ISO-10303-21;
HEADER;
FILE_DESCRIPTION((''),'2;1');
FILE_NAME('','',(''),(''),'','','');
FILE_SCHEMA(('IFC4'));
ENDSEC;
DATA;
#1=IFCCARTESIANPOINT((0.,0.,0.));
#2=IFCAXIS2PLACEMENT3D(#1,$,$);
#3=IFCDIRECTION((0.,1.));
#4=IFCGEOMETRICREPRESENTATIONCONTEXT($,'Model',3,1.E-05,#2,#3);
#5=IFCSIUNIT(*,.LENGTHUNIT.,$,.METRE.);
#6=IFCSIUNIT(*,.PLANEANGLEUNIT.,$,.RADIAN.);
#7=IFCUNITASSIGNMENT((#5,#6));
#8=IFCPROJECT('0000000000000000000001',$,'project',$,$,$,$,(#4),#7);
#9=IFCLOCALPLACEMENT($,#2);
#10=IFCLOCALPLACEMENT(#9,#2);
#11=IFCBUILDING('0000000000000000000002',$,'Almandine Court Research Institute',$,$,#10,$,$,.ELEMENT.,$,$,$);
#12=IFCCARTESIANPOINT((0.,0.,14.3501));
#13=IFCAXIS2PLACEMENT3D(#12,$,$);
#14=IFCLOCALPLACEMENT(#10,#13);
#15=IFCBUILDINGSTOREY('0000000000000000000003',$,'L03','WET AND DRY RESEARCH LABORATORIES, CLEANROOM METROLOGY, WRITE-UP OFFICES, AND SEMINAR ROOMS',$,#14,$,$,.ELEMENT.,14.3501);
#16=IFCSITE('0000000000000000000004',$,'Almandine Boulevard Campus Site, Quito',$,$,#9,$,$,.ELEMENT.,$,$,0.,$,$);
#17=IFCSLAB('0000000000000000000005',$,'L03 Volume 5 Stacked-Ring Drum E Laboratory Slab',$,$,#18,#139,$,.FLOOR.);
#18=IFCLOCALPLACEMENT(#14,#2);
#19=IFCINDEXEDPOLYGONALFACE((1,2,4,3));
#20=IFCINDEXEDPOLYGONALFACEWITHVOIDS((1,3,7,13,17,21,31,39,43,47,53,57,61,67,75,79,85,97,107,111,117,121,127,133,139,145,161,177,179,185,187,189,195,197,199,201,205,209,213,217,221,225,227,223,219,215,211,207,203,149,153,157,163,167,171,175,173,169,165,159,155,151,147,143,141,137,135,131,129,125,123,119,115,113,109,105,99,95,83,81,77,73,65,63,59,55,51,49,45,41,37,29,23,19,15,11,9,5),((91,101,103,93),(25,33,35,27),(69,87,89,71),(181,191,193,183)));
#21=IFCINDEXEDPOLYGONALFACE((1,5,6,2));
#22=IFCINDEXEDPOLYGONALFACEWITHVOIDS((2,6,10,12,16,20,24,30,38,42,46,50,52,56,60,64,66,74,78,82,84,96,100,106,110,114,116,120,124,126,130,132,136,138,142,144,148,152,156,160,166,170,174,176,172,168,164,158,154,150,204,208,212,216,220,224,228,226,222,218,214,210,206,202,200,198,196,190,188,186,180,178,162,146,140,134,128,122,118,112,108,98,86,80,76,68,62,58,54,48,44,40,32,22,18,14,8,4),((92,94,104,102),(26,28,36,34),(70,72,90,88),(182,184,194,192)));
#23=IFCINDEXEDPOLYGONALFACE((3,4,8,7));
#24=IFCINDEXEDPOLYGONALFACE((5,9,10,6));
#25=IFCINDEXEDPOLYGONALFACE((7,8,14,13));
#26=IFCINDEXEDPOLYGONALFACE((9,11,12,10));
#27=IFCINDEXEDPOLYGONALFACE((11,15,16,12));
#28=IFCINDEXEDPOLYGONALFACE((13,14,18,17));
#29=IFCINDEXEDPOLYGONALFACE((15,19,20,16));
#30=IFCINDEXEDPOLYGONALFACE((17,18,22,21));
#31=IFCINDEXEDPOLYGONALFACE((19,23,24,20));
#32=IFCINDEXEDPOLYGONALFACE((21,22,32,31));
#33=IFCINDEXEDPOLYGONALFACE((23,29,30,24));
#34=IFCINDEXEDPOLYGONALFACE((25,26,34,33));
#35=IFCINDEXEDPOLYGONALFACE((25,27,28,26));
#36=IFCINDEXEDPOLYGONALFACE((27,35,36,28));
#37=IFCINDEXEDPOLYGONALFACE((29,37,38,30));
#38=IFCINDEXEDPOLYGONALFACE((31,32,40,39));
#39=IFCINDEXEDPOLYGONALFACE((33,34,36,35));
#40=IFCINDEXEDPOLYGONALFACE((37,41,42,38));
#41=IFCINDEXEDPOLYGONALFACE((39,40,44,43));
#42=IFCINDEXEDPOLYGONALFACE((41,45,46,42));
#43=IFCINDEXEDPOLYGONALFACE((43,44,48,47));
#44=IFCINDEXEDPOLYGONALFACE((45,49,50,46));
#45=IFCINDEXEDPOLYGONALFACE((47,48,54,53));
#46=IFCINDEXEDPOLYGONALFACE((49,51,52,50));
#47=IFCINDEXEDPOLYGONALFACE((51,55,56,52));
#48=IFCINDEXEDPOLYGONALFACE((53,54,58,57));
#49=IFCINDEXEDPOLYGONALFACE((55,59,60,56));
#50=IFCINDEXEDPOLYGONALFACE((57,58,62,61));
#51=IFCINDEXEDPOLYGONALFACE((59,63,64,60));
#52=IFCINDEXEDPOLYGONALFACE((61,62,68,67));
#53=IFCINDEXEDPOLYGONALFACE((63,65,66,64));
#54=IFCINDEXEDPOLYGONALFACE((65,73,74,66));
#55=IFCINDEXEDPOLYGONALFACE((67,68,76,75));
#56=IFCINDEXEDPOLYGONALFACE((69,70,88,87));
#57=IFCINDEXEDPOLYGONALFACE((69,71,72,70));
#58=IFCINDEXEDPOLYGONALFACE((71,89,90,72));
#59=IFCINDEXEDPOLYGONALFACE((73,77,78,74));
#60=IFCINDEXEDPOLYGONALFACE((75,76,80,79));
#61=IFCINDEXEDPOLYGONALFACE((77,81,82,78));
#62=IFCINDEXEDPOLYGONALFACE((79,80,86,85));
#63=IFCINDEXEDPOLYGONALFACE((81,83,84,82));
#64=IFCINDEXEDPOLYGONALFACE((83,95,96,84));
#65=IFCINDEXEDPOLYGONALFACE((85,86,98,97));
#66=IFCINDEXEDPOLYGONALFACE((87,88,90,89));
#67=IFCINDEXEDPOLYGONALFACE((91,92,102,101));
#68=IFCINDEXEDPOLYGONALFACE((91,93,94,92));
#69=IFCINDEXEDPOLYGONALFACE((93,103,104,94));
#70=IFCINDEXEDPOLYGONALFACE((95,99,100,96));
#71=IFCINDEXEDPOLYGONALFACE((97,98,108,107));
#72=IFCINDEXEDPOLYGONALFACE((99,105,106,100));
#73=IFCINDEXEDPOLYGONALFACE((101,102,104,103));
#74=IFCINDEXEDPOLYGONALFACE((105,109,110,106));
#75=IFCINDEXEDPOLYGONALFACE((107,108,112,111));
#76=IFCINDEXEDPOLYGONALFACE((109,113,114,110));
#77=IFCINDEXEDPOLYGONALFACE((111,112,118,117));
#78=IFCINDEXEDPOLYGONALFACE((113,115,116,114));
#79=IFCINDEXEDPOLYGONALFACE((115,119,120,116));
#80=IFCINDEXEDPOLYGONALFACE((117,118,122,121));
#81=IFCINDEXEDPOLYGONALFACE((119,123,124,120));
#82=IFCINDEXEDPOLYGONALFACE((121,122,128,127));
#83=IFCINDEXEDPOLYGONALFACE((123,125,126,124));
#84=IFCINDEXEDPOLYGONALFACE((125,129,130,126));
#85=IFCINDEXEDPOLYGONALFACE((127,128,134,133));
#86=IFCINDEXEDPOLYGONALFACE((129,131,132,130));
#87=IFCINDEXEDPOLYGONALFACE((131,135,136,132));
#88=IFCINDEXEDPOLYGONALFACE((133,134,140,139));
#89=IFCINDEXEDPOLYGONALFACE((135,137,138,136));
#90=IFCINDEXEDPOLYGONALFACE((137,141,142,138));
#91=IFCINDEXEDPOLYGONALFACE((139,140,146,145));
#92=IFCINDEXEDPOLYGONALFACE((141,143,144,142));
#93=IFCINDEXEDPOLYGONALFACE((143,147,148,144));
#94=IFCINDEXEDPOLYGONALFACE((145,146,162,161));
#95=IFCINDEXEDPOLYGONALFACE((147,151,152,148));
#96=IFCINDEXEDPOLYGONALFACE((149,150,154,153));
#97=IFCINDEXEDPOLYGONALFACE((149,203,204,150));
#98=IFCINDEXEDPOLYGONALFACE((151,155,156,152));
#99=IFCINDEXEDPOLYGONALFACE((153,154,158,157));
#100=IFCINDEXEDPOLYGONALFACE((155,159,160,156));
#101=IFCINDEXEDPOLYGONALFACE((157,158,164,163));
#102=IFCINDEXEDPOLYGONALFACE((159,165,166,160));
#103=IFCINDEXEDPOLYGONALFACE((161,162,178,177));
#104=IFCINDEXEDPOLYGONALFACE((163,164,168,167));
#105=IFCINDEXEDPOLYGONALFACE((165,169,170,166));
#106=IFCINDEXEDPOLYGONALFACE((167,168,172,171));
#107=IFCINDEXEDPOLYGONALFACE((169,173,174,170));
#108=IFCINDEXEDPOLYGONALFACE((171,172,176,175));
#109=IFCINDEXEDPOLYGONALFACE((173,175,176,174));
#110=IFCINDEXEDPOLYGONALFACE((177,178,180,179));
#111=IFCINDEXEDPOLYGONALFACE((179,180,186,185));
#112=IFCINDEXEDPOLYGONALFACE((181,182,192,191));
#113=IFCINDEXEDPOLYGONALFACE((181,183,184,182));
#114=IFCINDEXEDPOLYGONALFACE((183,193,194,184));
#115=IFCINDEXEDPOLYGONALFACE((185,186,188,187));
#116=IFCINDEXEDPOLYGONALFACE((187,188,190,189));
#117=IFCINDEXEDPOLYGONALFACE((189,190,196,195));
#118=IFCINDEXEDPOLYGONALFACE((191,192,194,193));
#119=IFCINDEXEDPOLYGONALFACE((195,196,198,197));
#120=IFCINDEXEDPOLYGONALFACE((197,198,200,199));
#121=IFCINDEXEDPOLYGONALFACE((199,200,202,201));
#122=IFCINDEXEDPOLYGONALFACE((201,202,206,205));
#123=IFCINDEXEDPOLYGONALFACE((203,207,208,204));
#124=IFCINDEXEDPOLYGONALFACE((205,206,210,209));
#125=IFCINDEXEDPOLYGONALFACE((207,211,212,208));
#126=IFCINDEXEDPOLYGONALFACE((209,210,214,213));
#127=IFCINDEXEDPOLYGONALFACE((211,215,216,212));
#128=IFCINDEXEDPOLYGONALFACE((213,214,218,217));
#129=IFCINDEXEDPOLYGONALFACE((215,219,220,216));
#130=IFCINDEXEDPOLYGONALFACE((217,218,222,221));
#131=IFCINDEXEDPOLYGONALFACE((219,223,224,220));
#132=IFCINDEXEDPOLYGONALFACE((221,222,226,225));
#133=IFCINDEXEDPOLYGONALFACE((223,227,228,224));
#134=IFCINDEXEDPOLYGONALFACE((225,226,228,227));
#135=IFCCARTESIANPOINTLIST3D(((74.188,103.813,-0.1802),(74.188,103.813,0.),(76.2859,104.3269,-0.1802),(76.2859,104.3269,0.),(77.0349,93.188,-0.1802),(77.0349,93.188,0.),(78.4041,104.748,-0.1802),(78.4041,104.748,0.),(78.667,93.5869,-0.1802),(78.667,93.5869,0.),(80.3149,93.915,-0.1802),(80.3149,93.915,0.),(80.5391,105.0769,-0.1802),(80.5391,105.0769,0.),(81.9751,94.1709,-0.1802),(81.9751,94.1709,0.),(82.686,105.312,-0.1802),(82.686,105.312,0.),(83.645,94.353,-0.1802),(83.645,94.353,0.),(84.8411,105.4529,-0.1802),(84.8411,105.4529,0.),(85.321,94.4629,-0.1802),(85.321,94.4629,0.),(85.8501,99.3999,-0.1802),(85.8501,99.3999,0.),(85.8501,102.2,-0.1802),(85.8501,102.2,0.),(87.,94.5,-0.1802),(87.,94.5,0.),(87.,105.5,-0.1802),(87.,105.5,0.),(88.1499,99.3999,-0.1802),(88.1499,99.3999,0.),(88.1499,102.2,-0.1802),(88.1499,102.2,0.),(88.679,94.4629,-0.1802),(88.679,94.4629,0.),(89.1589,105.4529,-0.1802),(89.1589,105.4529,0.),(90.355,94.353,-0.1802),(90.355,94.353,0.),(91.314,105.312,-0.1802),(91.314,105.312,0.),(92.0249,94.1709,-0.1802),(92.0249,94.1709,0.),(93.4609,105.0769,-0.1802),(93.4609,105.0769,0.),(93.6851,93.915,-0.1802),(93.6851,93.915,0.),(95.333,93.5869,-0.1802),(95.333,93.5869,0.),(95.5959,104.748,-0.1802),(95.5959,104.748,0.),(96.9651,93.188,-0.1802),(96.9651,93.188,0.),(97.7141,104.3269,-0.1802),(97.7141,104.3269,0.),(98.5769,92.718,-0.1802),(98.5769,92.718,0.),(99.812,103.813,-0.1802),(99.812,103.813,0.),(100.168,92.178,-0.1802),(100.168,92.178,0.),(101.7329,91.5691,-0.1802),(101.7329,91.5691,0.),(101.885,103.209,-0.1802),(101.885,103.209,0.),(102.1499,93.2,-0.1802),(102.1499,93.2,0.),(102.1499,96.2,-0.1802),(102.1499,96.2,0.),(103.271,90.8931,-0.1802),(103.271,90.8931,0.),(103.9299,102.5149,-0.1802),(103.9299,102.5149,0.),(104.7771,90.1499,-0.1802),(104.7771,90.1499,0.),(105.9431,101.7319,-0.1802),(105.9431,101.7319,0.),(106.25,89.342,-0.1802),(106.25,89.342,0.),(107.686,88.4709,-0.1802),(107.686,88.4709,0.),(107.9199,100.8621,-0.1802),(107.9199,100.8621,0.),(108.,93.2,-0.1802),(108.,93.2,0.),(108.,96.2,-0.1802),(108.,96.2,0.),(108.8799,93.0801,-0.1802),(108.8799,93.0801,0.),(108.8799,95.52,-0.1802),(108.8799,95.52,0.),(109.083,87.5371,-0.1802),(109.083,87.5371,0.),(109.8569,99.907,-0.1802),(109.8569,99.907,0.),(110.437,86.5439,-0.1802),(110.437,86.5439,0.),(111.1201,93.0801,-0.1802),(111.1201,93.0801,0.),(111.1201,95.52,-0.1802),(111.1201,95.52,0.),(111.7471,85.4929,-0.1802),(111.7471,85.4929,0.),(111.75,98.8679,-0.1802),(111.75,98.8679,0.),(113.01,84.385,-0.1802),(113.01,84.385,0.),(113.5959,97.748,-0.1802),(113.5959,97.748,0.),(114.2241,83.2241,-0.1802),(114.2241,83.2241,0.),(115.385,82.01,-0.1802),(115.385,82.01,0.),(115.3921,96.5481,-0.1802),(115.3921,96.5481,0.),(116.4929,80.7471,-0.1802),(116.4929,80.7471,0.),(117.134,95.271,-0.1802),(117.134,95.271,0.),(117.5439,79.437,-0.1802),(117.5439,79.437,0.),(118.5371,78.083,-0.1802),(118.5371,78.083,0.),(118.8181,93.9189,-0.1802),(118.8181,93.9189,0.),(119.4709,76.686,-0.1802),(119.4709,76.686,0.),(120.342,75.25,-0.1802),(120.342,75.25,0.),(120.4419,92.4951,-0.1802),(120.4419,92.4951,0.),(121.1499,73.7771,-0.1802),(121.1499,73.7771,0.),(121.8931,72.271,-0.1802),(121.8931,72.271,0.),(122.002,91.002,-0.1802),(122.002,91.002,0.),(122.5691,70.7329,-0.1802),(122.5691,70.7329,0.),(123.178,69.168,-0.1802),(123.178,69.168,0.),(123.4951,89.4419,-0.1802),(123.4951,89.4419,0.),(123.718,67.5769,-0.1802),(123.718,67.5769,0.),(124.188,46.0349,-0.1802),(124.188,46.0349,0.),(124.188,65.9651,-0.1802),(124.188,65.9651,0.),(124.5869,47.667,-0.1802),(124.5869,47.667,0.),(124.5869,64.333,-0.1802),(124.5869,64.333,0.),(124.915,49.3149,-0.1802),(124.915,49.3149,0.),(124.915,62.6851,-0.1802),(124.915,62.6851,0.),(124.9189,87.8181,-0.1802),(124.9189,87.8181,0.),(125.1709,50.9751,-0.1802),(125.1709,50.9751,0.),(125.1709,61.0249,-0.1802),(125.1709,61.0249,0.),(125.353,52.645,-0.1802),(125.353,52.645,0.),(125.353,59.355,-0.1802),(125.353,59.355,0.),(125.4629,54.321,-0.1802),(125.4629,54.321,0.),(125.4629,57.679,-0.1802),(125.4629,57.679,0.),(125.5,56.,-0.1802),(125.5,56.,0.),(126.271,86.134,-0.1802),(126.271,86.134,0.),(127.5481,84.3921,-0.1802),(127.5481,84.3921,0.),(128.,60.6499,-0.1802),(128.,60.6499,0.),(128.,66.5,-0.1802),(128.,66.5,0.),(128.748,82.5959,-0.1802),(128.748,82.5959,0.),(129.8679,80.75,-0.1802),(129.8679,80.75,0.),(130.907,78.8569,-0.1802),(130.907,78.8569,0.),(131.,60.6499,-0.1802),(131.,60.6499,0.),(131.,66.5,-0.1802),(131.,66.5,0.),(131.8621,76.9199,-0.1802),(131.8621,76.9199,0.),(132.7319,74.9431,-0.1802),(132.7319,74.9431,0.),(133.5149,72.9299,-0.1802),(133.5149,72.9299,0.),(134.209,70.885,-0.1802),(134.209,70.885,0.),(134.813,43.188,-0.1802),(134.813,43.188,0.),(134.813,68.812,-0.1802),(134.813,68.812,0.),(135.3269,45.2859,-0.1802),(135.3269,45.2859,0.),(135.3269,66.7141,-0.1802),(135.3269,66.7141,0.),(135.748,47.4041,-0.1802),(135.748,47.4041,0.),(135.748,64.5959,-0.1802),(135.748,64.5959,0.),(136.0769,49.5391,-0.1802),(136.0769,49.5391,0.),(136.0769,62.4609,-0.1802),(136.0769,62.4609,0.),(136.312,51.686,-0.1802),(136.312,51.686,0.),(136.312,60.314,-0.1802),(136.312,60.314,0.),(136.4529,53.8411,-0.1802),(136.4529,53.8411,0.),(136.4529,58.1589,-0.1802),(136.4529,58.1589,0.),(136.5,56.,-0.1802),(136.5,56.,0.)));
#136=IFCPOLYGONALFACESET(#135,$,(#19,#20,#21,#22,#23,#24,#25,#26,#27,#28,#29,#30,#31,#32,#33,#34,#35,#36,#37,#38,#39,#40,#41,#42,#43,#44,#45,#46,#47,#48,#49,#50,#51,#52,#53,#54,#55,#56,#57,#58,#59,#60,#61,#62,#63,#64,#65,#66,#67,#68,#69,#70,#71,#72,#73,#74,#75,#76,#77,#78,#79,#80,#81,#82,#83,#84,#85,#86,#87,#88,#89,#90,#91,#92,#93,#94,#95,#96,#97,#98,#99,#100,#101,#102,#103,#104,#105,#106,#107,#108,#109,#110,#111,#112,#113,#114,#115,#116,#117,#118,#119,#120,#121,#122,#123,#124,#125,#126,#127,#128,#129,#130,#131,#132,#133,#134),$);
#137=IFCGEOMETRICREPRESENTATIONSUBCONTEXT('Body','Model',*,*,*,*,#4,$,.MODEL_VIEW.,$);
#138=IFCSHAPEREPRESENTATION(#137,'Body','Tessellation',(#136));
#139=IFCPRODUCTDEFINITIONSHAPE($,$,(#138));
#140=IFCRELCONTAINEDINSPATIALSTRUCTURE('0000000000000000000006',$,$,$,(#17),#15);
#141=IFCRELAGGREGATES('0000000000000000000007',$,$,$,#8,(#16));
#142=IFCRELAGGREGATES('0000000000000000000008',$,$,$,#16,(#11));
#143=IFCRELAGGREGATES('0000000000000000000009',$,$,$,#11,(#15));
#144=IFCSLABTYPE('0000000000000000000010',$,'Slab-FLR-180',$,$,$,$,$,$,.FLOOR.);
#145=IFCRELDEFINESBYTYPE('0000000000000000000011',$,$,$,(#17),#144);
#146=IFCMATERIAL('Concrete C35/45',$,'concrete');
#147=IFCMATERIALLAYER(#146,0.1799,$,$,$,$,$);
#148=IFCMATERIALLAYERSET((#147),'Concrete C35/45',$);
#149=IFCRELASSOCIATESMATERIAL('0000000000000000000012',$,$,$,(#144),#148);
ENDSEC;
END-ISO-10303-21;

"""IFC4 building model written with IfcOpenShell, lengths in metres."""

from ifc_helpers import new_model, si_unit, direction, frame, origin, place, context, subcontext, project, spatial, polyline, outline, extrude, material, layer, layer_set, type_object, element, save


model = new_model("IFC4")

# Units and contexts
model_context = context("Model", 3, precision=1e-05, world=origin(), true_north=direction((0.0, 1.0)))
body_context = subcontext(model_context, "Body", "Model", "MODEL_VIEW")
ifc_project = project(units=[si_unit("LENGTHUNIT", "METRE"), si_unit("PLANEANGLEUNIT", "RADIAN")], contexts=[model_context])

# Site, building, storey
site_placement = place(None, origin())
site = spatial("IfcSite", under=ifc_project, at=site_placement, Name="Almandine Boulevard Campus Site, Quito", CompositionType="ELEMENT", RefElevation=0.0)
building_placement = place(site_placement, origin())
building = spatial("IfcBuilding", under=site, at=building_placement, Name="Almandine Court Research Institute", CompositionType="ELEMENT")
storey_placement = place(building_placement, frame((0.0, 0.0, 14.3501)))
storey = spatial("IfcBuildingStorey", under=building, at=storey_placement, Name="L03", Description="WET AND DRY RESEARCH LABORATORIES, CLEANROOM METROLOGY, WRITE-UP OFFICES, AND SEMINAR ROOMS", CompositionType="ELEMENT", Elevation=14.3501)

# Slab
ifc_material_1 = material(Name="Concrete C35/45", Category="concrete")
ifc_layer_1 = layer(ifc_material_1, 0.1799)
ifc_layer_set_1 = layer_set([ifc_layer_1], Name="Concrete C35/45")
slab_type_1 = type_object("IfcSlabType", Name="Slab-FLR-180", PredefinedType="FLOOR", material=ifc_layer_set_1)
slab_1_placement = place(storey_placement, frame((0.0, 0.0, -0.1802)))
element("IfcSlab", 1, at=slab_1_placement, inside=storey, type_object=slab_type_1, Name="L03 Volume 5 Stacked-Ring Drum E Laboratory Slab", PredefinedType="FLOOR", context=body_context, shape_type="SweptSolid", body=[
    extrude(outline(polyline([(134.813, 43.188), (135.3269, 45.2859), (135.748, 47.4041), (136.0769, 49.5391), (136.312, 51.686), (136.4529, 53.8411), (136.5, 56.0), (136.4529, 58.1589), (136.312, 60.314), (136.0769, 62.4609), (135.748, 64.5959), (135.3269, 66.7141), (134.813, 68.812), (134.209, 70.885), (133.5149, 72.9299), (132.7319, 74.9431), (131.8621, 76.9199), (130.907, 78.8569), (129.8679, 80.75), (128.748, 82.5959), (127.5481, 84.3921), (126.271, 86.134), (124.9189, 87.8181), (123.4951, 89.4419), (122.002, 91.002), (120.4419, 92.4951), (118.8181, 93.9189), (117.134, 95.271), (115.3921, 96.5481), (113.5959, 97.748), (111.75, 98.8679), (109.8569, 99.907), (107.9199, 100.8621), (105.9431, 101.7319), (103.9299, 102.5149), (101.885, 103.209), (99.812, 103.813), (97.7141, 104.3269), (95.5959, 104.748), (93.4609, 105.0769), (91.314, 105.312), (89.1589, 105.4529), (87.0, 105.5), (84.8411, 105.4529), (82.686, 105.312), (80.5391, 105.0769), (78.4041, 104.748), (76.2859, 104.3269), (74.188, 103.813), (77.0349, 93.188), (78.667, 93.5869), (80.3149, 93.915), (81.9751, 94.1709), (83.645, 94.353), (85.321, 94.4629), (87.0, 94.5), (88.679, 94.4629), (90.355, 94.353), (92.0249, 94.1709), (93.6851, 93.915), (95.333, 93.5869), (96.9651, 93.188), (98.5769, 92.718), (100.168, 92.178), (101.7329, 91.5691), (103.271, 90.8931), (104.7771, 90.1499), (106.25, 89.342), (107.686, 88.4709), (109.083, 87.5371), (110.437, 86.5439), (111.7471, 85.4929), (113.01, 84.385), (114.2241, 83.2241), (115.385, 82.01), (116.4929, 80.7471), (117.5439, 79.437), (118.5371, 78.083), (119.4709, 76.686), (120.342, 75.25), (121.1499, 73.7771), (121.8931, 72.271), (122.5691, 70.7329), (123.178, 69.168), (123.718, 67.5769), (124.188, 65.9651), (124.5869, 64.333), (124.915, 62.6851), (125.1709, 61.0249), (125.353, 59.355), (125.4629, 57.679), (125.5, 56.0), (125.4629, 54.321), (125.353, 52.645), (125.1709, 50.9751), (124.915, 49.3149), (124.5869, 47.667), (124.188, 46.0349), (134.813, 43.188)]), holes=[polyline([(102.1499, 93.2), (108.0, 93.2), (108.0, 96.2), (102.1499, 96.2), (102.1499, 93.2)]), polyline([(131.0, 60.6499), (131.0, 66.5), (128.0, 66.5), (128.0, 60.6499), (131.0, 60.6499)]), polyline([(85.8501, 99.3999), (88.1499, 99.3999), (88.1499, 102.2), (85.8501, 102.2), (85.8501, 99.3999)]), polyline([(108.8799, 93.0801), (111.1201, 93.0801), (111.1201, 95.52), (108.8799, 95.52), (108.8799, 93.0801)])]), origin(), (0.0, 0.0, 1.0), 0.1802),
])

save(model, "model.ifc")
